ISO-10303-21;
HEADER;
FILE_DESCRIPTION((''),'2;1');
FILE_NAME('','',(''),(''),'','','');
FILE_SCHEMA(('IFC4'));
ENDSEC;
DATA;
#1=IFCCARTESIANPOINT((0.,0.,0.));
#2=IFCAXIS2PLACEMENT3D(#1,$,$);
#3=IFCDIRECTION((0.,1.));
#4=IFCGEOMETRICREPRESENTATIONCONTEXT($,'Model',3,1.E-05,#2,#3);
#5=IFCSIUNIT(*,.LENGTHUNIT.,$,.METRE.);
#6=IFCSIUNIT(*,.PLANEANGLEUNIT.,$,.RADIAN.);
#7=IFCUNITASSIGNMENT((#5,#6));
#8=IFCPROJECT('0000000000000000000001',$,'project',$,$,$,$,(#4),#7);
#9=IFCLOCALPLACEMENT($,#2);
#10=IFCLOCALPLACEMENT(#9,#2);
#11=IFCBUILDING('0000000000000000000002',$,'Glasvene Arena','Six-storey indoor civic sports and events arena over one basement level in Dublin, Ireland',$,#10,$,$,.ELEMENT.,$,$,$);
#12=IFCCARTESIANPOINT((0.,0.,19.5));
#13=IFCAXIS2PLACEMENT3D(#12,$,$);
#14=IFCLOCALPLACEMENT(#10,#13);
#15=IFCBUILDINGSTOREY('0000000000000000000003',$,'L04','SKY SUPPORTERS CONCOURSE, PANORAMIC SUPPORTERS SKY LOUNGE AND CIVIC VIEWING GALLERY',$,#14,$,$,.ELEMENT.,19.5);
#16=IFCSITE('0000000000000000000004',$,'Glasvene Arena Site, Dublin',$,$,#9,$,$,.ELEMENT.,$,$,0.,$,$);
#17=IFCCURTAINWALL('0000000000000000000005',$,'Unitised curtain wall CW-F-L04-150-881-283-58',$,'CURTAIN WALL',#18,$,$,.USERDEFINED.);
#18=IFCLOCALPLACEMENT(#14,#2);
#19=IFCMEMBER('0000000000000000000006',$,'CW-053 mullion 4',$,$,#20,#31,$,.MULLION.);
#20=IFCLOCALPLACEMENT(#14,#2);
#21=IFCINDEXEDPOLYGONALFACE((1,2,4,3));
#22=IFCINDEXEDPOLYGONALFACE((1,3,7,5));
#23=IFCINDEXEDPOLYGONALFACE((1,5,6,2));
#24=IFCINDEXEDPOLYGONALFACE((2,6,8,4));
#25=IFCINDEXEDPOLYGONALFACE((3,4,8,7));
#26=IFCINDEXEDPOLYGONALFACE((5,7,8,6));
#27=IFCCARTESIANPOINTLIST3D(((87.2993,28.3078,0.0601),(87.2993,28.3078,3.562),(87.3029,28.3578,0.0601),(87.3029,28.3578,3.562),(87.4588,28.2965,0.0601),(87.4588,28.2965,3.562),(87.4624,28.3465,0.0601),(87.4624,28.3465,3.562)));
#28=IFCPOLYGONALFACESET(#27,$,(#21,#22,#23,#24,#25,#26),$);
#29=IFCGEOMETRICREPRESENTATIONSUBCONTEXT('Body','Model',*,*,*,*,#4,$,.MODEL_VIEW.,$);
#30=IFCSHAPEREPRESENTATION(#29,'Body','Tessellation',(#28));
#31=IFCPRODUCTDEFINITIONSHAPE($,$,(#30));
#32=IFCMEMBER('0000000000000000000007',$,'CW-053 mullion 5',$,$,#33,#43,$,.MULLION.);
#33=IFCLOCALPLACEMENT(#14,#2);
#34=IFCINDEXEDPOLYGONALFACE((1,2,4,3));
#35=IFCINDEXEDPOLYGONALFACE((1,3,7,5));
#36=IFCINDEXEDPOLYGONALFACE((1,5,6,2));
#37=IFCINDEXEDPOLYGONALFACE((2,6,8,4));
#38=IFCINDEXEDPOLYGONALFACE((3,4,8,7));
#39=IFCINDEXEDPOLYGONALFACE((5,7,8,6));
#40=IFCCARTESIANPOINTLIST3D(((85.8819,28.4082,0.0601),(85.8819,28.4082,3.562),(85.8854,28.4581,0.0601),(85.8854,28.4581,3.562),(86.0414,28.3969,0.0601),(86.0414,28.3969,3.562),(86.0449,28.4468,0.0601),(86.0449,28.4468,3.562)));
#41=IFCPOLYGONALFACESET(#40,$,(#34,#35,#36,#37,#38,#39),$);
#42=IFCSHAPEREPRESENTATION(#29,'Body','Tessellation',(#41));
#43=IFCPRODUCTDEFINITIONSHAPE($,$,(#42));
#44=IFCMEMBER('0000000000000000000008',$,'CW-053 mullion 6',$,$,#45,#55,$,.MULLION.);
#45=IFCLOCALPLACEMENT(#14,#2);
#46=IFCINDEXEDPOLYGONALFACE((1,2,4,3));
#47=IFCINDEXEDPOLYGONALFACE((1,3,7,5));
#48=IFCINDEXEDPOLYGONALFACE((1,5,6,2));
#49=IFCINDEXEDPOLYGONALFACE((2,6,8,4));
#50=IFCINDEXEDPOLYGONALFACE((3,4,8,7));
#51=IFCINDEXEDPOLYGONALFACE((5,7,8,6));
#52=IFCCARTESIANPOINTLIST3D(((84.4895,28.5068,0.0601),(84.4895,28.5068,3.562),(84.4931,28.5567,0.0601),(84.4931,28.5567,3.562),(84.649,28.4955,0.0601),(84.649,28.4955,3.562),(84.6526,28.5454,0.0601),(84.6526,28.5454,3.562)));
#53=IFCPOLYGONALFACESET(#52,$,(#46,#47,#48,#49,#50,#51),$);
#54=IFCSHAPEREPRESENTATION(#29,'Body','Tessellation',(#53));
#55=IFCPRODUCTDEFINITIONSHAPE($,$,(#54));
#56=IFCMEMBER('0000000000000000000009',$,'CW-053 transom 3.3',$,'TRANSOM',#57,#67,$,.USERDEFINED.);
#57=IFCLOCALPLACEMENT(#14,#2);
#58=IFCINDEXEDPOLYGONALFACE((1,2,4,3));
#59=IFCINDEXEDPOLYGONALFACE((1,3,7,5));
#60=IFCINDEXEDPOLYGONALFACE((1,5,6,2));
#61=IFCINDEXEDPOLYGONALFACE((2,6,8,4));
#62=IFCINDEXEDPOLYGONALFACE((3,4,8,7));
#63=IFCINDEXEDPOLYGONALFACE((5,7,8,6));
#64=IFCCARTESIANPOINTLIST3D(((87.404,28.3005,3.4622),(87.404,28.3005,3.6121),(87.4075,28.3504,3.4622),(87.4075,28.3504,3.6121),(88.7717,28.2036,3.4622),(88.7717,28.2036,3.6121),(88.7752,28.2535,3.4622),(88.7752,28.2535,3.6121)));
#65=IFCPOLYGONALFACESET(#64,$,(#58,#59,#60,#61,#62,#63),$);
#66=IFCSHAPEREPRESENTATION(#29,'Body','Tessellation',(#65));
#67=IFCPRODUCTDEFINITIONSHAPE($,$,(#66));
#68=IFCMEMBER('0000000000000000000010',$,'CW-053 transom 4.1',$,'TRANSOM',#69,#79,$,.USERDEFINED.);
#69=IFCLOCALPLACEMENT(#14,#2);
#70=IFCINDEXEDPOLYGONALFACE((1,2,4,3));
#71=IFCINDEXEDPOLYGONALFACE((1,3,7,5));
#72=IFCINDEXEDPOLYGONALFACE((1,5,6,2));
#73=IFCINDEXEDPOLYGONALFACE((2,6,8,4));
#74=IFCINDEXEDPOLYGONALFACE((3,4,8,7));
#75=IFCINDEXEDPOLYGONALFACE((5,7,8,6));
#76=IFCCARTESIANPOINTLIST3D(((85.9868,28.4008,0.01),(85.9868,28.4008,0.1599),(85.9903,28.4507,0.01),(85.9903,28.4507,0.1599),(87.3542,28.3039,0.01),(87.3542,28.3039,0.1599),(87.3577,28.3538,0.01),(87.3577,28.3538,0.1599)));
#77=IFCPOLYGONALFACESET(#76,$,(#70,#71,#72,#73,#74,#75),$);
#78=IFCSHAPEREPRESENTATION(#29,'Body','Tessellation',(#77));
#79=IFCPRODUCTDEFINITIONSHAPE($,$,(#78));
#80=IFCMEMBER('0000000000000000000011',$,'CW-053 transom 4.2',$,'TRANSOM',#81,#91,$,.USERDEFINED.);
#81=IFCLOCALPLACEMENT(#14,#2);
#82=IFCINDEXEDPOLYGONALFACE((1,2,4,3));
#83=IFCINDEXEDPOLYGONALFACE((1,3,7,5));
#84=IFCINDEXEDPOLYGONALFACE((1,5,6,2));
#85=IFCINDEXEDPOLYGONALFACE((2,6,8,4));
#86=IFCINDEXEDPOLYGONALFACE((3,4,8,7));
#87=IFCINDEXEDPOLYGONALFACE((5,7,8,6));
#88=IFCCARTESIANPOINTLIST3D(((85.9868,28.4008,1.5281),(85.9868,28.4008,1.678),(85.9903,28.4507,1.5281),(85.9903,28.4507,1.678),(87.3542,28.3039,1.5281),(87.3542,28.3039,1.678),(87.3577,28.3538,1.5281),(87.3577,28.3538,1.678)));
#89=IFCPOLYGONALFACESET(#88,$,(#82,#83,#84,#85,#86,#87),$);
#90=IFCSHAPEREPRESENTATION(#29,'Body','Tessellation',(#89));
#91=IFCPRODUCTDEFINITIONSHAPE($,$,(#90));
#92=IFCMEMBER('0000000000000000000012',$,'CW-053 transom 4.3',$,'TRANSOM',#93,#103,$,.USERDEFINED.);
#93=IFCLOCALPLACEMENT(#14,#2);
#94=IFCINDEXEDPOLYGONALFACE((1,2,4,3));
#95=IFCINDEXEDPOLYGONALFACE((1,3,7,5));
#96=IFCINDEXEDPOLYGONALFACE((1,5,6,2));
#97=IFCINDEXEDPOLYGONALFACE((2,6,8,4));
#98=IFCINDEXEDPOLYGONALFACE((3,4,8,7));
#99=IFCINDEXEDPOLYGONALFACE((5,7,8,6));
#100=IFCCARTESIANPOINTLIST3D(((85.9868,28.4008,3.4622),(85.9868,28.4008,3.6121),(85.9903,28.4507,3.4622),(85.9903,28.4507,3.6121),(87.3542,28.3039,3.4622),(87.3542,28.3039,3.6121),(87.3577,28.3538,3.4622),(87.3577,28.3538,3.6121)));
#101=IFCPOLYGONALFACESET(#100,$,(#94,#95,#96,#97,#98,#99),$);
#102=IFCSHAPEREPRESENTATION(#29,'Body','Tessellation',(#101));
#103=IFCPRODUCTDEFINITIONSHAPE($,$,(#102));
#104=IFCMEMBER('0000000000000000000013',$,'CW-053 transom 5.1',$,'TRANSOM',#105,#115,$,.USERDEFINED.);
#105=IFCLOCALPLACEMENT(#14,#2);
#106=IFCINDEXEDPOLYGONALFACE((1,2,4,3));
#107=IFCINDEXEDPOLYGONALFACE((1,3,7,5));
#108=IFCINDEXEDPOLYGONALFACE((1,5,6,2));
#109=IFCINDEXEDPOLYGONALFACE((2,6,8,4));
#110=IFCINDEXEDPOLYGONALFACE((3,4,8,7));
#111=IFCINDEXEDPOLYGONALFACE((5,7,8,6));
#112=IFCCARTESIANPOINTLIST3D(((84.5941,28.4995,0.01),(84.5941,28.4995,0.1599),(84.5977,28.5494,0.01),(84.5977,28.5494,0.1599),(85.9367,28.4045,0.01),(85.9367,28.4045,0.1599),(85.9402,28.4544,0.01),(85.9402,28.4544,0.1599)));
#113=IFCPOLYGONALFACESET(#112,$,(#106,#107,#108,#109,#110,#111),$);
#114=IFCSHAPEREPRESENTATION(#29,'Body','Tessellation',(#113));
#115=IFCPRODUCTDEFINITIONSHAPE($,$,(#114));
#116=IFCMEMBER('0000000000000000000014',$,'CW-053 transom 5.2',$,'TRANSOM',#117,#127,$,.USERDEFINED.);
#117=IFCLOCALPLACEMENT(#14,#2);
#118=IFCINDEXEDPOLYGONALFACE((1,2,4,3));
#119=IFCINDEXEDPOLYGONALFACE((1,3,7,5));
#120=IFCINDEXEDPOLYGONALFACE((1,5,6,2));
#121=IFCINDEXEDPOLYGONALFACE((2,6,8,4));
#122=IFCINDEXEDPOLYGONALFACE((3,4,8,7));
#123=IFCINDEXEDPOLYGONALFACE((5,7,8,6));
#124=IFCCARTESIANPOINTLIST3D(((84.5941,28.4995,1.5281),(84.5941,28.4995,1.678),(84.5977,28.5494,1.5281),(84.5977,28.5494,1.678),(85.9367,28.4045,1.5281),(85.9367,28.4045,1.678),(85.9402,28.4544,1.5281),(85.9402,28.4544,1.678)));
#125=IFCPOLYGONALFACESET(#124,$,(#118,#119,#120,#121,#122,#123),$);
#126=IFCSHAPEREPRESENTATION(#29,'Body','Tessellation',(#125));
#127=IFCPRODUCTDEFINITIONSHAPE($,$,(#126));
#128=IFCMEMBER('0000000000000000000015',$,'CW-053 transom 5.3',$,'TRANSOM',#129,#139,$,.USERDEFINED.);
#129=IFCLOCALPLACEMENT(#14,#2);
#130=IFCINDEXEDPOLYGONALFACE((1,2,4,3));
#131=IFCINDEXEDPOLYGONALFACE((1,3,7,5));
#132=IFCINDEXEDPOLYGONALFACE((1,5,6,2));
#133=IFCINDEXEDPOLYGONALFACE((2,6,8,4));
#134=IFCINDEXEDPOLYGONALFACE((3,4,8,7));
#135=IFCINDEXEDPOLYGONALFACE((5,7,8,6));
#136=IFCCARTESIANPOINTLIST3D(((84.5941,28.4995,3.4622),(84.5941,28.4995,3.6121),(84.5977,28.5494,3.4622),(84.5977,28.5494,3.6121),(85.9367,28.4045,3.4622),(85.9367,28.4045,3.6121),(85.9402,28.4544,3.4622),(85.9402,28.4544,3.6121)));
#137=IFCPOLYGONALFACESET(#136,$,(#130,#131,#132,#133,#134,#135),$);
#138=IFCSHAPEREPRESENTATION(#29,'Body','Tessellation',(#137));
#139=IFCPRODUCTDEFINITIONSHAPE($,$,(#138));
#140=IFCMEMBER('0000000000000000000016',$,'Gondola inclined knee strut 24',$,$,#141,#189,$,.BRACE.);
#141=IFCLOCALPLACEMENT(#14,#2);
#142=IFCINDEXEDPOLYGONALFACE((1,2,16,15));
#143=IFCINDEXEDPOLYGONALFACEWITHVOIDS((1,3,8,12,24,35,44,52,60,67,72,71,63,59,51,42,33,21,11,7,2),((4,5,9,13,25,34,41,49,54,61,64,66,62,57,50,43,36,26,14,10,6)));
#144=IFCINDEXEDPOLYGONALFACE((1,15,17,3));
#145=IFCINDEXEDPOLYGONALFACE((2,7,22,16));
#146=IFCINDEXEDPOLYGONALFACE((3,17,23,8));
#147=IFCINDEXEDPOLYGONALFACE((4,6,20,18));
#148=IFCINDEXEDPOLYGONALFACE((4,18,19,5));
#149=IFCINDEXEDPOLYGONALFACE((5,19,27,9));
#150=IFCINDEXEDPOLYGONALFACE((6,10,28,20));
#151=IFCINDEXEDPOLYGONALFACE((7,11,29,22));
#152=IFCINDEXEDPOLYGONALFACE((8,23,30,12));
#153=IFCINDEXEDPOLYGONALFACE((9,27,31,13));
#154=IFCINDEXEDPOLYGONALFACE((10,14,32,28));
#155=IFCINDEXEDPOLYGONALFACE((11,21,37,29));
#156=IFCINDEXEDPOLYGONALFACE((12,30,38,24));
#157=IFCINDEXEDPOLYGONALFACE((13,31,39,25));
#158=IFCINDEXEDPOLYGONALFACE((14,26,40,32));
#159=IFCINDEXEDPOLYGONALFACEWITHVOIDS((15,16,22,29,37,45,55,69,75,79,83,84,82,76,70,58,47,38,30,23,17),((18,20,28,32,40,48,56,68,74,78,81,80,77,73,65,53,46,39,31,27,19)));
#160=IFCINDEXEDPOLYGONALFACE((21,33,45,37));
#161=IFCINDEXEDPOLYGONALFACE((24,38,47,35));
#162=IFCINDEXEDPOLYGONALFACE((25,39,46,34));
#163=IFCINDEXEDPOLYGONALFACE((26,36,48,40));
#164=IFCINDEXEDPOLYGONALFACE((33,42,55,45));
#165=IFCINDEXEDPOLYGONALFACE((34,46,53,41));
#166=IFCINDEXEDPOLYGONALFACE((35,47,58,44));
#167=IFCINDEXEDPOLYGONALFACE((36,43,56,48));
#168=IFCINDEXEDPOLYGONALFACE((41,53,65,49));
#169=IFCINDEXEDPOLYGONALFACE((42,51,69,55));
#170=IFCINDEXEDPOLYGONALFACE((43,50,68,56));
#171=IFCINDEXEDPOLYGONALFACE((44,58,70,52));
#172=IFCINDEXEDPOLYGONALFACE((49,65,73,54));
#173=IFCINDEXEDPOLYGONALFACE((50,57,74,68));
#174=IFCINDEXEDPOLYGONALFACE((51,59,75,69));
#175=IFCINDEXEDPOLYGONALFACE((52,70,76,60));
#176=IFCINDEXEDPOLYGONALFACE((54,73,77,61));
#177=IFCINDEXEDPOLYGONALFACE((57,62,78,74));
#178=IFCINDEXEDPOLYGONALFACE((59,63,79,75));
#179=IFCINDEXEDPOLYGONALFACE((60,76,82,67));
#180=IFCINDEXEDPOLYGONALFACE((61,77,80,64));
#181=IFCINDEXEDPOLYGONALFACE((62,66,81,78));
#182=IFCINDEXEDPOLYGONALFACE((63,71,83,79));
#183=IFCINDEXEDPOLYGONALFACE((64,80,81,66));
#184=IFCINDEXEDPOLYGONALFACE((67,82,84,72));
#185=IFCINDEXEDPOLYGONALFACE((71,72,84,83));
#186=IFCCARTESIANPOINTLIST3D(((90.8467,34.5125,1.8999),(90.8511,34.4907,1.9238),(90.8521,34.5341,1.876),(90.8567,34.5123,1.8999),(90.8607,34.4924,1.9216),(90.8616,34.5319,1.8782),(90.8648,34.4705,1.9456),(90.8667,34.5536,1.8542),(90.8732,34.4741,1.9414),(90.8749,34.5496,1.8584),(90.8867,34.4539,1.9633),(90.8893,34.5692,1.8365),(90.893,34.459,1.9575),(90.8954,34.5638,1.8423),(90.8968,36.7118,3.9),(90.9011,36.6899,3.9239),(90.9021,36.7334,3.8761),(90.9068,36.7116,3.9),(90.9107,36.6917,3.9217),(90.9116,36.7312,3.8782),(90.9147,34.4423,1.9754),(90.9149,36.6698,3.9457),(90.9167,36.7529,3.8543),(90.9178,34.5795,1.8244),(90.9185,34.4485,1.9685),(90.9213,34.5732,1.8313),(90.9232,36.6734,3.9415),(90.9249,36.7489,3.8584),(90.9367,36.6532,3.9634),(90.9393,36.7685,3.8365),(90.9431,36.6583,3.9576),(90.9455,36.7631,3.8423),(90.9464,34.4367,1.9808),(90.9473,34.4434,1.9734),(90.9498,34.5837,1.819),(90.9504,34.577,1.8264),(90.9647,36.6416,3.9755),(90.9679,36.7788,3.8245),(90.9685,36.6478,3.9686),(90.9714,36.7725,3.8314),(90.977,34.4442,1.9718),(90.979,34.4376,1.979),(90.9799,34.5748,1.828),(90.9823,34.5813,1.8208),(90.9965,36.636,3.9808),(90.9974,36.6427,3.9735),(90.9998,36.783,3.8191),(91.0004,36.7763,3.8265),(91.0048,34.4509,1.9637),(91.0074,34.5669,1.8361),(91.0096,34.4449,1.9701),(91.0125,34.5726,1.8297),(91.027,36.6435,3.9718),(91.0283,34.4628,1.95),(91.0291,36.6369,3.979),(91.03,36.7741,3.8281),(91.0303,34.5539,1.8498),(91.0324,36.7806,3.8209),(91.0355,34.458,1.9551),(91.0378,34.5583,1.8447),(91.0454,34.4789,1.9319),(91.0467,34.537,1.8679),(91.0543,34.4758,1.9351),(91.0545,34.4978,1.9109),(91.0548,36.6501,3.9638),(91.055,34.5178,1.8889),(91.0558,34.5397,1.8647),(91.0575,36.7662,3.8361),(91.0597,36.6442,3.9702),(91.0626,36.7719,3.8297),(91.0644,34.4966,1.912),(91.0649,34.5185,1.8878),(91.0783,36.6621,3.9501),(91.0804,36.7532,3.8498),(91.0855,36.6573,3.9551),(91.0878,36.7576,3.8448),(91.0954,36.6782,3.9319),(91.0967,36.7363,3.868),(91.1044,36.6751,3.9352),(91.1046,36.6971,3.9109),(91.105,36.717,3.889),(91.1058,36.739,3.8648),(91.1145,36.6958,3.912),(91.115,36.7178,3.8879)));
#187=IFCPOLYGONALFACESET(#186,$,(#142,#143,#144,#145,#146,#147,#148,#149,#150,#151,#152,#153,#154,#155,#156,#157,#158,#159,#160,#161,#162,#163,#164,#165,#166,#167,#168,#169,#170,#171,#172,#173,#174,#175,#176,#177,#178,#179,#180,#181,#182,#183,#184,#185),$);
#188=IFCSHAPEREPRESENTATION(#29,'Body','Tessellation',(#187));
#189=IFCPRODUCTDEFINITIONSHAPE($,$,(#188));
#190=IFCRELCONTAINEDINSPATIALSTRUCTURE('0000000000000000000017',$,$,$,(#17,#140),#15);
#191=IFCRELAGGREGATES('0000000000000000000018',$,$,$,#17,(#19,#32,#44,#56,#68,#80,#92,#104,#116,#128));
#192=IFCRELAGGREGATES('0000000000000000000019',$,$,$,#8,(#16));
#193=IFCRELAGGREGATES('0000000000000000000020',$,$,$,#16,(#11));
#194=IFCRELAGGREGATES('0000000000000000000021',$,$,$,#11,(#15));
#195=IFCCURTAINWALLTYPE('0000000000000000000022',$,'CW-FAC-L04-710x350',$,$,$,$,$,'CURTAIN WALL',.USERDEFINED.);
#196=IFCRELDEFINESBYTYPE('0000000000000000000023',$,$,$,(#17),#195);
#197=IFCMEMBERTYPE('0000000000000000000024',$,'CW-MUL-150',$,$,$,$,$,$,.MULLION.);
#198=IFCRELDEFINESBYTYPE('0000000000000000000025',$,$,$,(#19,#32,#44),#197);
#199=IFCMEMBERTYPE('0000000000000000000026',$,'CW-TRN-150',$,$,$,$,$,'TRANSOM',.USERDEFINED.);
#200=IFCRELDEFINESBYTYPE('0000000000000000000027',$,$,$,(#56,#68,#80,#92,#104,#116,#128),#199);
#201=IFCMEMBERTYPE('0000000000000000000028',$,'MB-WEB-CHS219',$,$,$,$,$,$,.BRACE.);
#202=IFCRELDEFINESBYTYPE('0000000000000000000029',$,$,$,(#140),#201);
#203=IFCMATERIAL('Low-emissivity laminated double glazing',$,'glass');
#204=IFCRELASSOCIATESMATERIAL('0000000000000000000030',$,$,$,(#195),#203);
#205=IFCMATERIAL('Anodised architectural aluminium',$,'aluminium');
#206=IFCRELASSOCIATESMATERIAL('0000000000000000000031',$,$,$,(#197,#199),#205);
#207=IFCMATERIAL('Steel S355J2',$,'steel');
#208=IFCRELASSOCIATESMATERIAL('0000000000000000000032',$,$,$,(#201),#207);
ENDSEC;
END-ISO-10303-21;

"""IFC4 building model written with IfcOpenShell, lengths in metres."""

from ifc_helpers import new_model, si_unit, direction, frame, origin, origin_2d, place, context, subcontext, project, spatial, rectangle, hollow_circle, extrude, material, material_profile, profile_set, type_object, element, aggregate, save


model = new_model("IFC4")

# Units and contexts
model_context = context("Model", 3, precision=1e-05, world=origin(), true_north=direction((0.0, 1.0)))
body_context = subcontext(model_context, "Body", "Model", "MODEL_VIEW")
ifc_project = project(units=[si_unit("LENGTHUNIT", "METRE"), si_unit("PLANEANGLEUNIT", "RADIAN")], contexts=[model_context])

# Site, building, storey
site_placement = place(None, origin())
site = spatial("IfcSite", under=ifc_project, at=site_placement, Name="Glasvene Arena Site, Dublin", CompositionType="ELEMENT", RefElevation=0.0)
building_placement = place(site_placement, origin())
building = spatial("IfcBuilding", under=site, at=building_placement, Name="Glasvene Arena", Description="Six-storey indoor civic sports and events arena over one basement level in Dublin, Ireland", CompositionType="ELEMENT")
storey_placement = place(building_placement, frame((0.0, 0.0, 19.5)))
storey = spatial("IfcBuildingStorey", under=building, at=storey_placement, Name="L04", Description="SKY SUPPORTERS CONCOURSE, PANORAMIC SUPPORTERS SKY LOUNGE AND CIVIC VIEWING GALLERY", CompositionType="ELEMENT", Elevation=19.5)

# Shared definitions
ifc_material_1 = material(Name="Steel S355J2", Category="steel")

# Curtain wall, members
ifc_material_2 = material(Name="Low-emissivity laminated double glazing", Category="glass")
curtain_wall_type = type_object("IfcCurtainWallType", Name="CW-FAC-L04-710x350", ElementType="CURTAIN WALL", PredefinedType="USERDEFINED", material=ifc_material_2)
curtain_wall_placement = place(storey_placement, frame((91.6331, 28.0259, 0.0)))
curtain_wall = element("IfcCurtainWall", 1, at=curtain_wall_placement, inside=storey, type_object=curtain_wall_type, Name="Unitised curtain wall CW-F-L04-150-881-283-58", ObjectType="CURTAIN WALL", PredefinedType="USERDEFINED")
ifc_material_3 = material(Name="Anodised architectural aluminium", Category="aluminium")
ifc_material_profile_1 = material_profile(ifc_material_3, rectangle(XDim=0.05, YDim=0.1599, at=origin_2d()), Name="ALU MULLION 50x160")
ifc_profile_set_1 = profile_set([ifc_material_profile_1], Name="Anodised architectural aluminium")
member_type_1 = type_object("IfcMemberType", Name="CW-MUL-150", PredefinedType="MULLION", material=ifc_profile_set_1)
member_1_placement = place(storey_placement, frame((87.3809, 28.3271, 0.0601), z_axis=(0.0, 0.0, 1.0), x_axis=(-0.070657, -0.997501, 0.0)))
member_1 = element("IfcMember", 2, at=member_1_placement, type_object=member_type_1, Name="CW-053 mullion 4", PredefinedType="MULLION", context=body_context, shape_type="SweptSolid", body=[
    extrude(rectangle(XDim=0.05, YDim=0.1599, at=origin_2d()), origin(), (0.0, 0.0, 1.0), 3.502),
])
member_2_placement = place(storey_placement, frame((85.9634, 28.4275, 0.0601), z_axis=(0.0, 0.0, 1.0), x_axis=(-0.070657, -0.997501, 0.0)))
member_2 = element("IfcMember", 3, at=member_2_placement, type_object=member_type_1, Name="CW-053 mullion 5", PredefinedType="MULLION", context=body_context, shape_type="SweptSolid", body=[
    extrude(rectangle(XDim=0.05, YDim=0.1599, at=origin_2d()), origin(), (0.0, 0.0, 1.0), 3.502),
])
member_3_placement = place(storey_placement, frame((84.571, 28.5261, 0.0601), z_axis=(0.0, 0.0, 1.0), x_axis=(-0.070657, -0.997501, 0.0)))
member_3 = element("IfcMember", 4, at=member_3_placement, type_object=member_type_1, Name="CW-053 mullion 6", PredefinedType="MULLION", context=body_context, shape_type="SweptSolid", body=[
    extrude(rectangle(XDim=0.05, YDim=0.1599, at=origin_2d()), origin(), (0.0, 0.0, 1.0), 3.502),
])
ifc_material_profile_2 = material_profile(ifc_material_3, rectangle(XDim=0.05, YDim=0.1499, at=origin_2d()), Name="ALU TRANSOM 50x150")
ifc_profile_set_2 = profile_set([ifc_material_profile_2], Name="Anodised architectural aluminium")
member_type_2 = type_object("IfcMemberType", Name="CW-TRN-150", ElementType="TRANSOM", PredefinedType="USERDEFINED", material=ifc_profile_set_2)
member_4_placement = place(storey_placement, frame((88.7734, 28.2285, 3.5371), z_axis=(-0.997498, 0.07069, 0.0), x_axis=(-0.07069, -0.997498, 0.0)))
member_4 = element("IfcMember", 5, at=member_4_placement, type_object=member_type_2, Name="CW-053 transom 3.3", ObjectType="TRANSOM", PredefinedType="USERDEFINED", context=body_context, shape_type="SweptSolid", body=[
    extrude(rectangle(XDim=0.05, YDim=0.1499, at=origin_2d()), origin(), (0.0, 0.0, 1.0), 1.3711),
])
member_5_placement = place(storey_placement, frame((87.356, 28.3289, 0.085), z_axis=(-0.997497, 0.070703, 0.0), x_axis=(-0.070703, -0.997497, 0.0)))
member_5 = element("IfcMember", 6, at=member_5_placement, type_object=member_type_2, Name="CW-053 transom 4.1", ObjectType="TRANSOM", PredefinedType="USERDEFINED", context=body_context, shape_type="SweptSolid", body=[
    extrude(rectangle(XDim=0.05, YDim=0.1499, at=origin_2d()), origin(), (0.0, 0.0, 1.0), 1.3708),
])
member_6_placement = place(storey_placement, frame((87.356, 28.3289, 1.603), z_axis=(-0.997497, 0.070703, 0.0), x_axis=(-0.070703, -0.997497, 0.0)))
member_6 = element("IfcMember", 7, at=member_6_placement, type_object=member_type_2, Name="CW-053 transom 4.2", ObjectType="TRANSOM", PredefinedType="USERDEFINED", context=body_context, shape_type="SweptSolid", body=[
    extrude(rectangle(XDim=0.05, YDim=0.1499, at=origin_2d()), origin(), (0.0, 0.0, 1.0), 1.3708),
])
member_7_placement = place(storey_placement, frame((87.356, 28.3289, 3.5371), z_axis=(-0.997497, 0.070703, 0.0), x_axis=(-0.070703, -0.997497, 0.0)))
member_7 = element("IfcMember", 8, at=member_7_placement, type_object=member_type_2, Name="CW-053 transom 4.3", ObjectType="TRANSOM", PredefinedType="USERDEFINED", context=body_context, shape_type="SweptSolid", body=[
    extrude(rectangle(XDim=0.05, YDim=0.1499, at=origin_2d()), origin(), (0.0, 0.0, 1.0), 1.3708),
])
member_8_placement = place(storey_placement, frame((85.9385, 28.4294, 0.085), z_axis=(-0.997507, 0.070564, 0.0), x_axis=(-0.070564, -0.997507, 0.0)))
member_8 = element("IfcMember", 9, at=member_8_placement, type_object=member_type_2, Name="CW-053 transom 5.1", ObjectType="TRANSOM", PredefinedType="USERDEFINED", context=body_context, shape_type="SweptSolid", body=[
    extrude(rectangle(XDim=0.05, YDim=0.1499, at=origin_2d()), origin(), (0.0, 0.0, 1.0), 1.3459),
])
member_9_placement = place(storey_placement, frame((85.9385, 28.4294, 1.603), z_axis=(-0.997507, 0.070564, 0.0), x_axis=(-0.070564, -0.997507, 0.0)))
member_9 = element("IfcMember", 10, at=member_9_placement, type_object=member_type_2, Name="CW-053 transom 5.2", ObjectType="TRANSOM", PredefinedType="USERDEFINED", context=body_context, shape_type="SweptSolid", body=[
    extrude(rectangle(XDim=0.05, YDim=0.1499, at=origin_2d()), origin(), (0.0, 0.0, 1.0), 1.3459),
])
member_10_placement = place(storey_placement, frame((85.9385, 28.4294, 3.5371), z_axis=(-0.997507, 0.070564, 0.0), x_axis=(-0.070564, -0.997507, 0.0)))
member_10 = element("IfcMember", 11, at=member_10_placement, type_object=member_type_2, Name="CW-053 transom 5.3", ObjectType="TRANSOM", PredefinedType="USERDEFINED", context=body_context, shape_type="SweptSolid", body=[
    extrude(rectangle(XDim=0.05, YDim=0.1499, at=origin_2d()), origin(), (0.0, 0.0, 1.0), 1.3459),
])

# Member
ifc_material_profile_3 = material_profile(ifc_material_1, hollow_circle(Radius=0.1096, WallThickness=0.01, at=origin_2d()), Name="CHS 219.1x10.0")
ifc_profile_set_3 = profile_set([ifc_material_profile_3], Name="Steel S355J2")
member_type_3 = type_object("IfcMemberType", Name="MB-WEB-CHS219", PredefinedType="BRACE", material=ifc_profile_set_3)
for number, where, z_axis, x_axis, name in (
    (12, (90.9563, 34.51, 1.8999), (0.016834, 0.739716, 0.672708), (-0.999741, 0.022752, 0.0), "Gondola inclined knee strut 24"),
):
    element("IfcMember", number, at=place(storey_placement, frame(where, z_axis=z_axis, x_axis=x_axis)), inside=storey, type_object=member_type_3, Name=name, PredefinedType="BRACE", context=body_context, shape_type="SweptSolid", body=[
        extrude(hollow_circle(Radius=0.1096, WallThickness=0.01, at=origin_2d()), origin(), (0.0, 0.0, 1.0), 2.9731),
    ])

aggregate(curtain_wall, [member_1, member_2, member_3, member_4, member_5, member_6, member_7, member_8, member_9, member_10])

save(model, "model.ifc")
